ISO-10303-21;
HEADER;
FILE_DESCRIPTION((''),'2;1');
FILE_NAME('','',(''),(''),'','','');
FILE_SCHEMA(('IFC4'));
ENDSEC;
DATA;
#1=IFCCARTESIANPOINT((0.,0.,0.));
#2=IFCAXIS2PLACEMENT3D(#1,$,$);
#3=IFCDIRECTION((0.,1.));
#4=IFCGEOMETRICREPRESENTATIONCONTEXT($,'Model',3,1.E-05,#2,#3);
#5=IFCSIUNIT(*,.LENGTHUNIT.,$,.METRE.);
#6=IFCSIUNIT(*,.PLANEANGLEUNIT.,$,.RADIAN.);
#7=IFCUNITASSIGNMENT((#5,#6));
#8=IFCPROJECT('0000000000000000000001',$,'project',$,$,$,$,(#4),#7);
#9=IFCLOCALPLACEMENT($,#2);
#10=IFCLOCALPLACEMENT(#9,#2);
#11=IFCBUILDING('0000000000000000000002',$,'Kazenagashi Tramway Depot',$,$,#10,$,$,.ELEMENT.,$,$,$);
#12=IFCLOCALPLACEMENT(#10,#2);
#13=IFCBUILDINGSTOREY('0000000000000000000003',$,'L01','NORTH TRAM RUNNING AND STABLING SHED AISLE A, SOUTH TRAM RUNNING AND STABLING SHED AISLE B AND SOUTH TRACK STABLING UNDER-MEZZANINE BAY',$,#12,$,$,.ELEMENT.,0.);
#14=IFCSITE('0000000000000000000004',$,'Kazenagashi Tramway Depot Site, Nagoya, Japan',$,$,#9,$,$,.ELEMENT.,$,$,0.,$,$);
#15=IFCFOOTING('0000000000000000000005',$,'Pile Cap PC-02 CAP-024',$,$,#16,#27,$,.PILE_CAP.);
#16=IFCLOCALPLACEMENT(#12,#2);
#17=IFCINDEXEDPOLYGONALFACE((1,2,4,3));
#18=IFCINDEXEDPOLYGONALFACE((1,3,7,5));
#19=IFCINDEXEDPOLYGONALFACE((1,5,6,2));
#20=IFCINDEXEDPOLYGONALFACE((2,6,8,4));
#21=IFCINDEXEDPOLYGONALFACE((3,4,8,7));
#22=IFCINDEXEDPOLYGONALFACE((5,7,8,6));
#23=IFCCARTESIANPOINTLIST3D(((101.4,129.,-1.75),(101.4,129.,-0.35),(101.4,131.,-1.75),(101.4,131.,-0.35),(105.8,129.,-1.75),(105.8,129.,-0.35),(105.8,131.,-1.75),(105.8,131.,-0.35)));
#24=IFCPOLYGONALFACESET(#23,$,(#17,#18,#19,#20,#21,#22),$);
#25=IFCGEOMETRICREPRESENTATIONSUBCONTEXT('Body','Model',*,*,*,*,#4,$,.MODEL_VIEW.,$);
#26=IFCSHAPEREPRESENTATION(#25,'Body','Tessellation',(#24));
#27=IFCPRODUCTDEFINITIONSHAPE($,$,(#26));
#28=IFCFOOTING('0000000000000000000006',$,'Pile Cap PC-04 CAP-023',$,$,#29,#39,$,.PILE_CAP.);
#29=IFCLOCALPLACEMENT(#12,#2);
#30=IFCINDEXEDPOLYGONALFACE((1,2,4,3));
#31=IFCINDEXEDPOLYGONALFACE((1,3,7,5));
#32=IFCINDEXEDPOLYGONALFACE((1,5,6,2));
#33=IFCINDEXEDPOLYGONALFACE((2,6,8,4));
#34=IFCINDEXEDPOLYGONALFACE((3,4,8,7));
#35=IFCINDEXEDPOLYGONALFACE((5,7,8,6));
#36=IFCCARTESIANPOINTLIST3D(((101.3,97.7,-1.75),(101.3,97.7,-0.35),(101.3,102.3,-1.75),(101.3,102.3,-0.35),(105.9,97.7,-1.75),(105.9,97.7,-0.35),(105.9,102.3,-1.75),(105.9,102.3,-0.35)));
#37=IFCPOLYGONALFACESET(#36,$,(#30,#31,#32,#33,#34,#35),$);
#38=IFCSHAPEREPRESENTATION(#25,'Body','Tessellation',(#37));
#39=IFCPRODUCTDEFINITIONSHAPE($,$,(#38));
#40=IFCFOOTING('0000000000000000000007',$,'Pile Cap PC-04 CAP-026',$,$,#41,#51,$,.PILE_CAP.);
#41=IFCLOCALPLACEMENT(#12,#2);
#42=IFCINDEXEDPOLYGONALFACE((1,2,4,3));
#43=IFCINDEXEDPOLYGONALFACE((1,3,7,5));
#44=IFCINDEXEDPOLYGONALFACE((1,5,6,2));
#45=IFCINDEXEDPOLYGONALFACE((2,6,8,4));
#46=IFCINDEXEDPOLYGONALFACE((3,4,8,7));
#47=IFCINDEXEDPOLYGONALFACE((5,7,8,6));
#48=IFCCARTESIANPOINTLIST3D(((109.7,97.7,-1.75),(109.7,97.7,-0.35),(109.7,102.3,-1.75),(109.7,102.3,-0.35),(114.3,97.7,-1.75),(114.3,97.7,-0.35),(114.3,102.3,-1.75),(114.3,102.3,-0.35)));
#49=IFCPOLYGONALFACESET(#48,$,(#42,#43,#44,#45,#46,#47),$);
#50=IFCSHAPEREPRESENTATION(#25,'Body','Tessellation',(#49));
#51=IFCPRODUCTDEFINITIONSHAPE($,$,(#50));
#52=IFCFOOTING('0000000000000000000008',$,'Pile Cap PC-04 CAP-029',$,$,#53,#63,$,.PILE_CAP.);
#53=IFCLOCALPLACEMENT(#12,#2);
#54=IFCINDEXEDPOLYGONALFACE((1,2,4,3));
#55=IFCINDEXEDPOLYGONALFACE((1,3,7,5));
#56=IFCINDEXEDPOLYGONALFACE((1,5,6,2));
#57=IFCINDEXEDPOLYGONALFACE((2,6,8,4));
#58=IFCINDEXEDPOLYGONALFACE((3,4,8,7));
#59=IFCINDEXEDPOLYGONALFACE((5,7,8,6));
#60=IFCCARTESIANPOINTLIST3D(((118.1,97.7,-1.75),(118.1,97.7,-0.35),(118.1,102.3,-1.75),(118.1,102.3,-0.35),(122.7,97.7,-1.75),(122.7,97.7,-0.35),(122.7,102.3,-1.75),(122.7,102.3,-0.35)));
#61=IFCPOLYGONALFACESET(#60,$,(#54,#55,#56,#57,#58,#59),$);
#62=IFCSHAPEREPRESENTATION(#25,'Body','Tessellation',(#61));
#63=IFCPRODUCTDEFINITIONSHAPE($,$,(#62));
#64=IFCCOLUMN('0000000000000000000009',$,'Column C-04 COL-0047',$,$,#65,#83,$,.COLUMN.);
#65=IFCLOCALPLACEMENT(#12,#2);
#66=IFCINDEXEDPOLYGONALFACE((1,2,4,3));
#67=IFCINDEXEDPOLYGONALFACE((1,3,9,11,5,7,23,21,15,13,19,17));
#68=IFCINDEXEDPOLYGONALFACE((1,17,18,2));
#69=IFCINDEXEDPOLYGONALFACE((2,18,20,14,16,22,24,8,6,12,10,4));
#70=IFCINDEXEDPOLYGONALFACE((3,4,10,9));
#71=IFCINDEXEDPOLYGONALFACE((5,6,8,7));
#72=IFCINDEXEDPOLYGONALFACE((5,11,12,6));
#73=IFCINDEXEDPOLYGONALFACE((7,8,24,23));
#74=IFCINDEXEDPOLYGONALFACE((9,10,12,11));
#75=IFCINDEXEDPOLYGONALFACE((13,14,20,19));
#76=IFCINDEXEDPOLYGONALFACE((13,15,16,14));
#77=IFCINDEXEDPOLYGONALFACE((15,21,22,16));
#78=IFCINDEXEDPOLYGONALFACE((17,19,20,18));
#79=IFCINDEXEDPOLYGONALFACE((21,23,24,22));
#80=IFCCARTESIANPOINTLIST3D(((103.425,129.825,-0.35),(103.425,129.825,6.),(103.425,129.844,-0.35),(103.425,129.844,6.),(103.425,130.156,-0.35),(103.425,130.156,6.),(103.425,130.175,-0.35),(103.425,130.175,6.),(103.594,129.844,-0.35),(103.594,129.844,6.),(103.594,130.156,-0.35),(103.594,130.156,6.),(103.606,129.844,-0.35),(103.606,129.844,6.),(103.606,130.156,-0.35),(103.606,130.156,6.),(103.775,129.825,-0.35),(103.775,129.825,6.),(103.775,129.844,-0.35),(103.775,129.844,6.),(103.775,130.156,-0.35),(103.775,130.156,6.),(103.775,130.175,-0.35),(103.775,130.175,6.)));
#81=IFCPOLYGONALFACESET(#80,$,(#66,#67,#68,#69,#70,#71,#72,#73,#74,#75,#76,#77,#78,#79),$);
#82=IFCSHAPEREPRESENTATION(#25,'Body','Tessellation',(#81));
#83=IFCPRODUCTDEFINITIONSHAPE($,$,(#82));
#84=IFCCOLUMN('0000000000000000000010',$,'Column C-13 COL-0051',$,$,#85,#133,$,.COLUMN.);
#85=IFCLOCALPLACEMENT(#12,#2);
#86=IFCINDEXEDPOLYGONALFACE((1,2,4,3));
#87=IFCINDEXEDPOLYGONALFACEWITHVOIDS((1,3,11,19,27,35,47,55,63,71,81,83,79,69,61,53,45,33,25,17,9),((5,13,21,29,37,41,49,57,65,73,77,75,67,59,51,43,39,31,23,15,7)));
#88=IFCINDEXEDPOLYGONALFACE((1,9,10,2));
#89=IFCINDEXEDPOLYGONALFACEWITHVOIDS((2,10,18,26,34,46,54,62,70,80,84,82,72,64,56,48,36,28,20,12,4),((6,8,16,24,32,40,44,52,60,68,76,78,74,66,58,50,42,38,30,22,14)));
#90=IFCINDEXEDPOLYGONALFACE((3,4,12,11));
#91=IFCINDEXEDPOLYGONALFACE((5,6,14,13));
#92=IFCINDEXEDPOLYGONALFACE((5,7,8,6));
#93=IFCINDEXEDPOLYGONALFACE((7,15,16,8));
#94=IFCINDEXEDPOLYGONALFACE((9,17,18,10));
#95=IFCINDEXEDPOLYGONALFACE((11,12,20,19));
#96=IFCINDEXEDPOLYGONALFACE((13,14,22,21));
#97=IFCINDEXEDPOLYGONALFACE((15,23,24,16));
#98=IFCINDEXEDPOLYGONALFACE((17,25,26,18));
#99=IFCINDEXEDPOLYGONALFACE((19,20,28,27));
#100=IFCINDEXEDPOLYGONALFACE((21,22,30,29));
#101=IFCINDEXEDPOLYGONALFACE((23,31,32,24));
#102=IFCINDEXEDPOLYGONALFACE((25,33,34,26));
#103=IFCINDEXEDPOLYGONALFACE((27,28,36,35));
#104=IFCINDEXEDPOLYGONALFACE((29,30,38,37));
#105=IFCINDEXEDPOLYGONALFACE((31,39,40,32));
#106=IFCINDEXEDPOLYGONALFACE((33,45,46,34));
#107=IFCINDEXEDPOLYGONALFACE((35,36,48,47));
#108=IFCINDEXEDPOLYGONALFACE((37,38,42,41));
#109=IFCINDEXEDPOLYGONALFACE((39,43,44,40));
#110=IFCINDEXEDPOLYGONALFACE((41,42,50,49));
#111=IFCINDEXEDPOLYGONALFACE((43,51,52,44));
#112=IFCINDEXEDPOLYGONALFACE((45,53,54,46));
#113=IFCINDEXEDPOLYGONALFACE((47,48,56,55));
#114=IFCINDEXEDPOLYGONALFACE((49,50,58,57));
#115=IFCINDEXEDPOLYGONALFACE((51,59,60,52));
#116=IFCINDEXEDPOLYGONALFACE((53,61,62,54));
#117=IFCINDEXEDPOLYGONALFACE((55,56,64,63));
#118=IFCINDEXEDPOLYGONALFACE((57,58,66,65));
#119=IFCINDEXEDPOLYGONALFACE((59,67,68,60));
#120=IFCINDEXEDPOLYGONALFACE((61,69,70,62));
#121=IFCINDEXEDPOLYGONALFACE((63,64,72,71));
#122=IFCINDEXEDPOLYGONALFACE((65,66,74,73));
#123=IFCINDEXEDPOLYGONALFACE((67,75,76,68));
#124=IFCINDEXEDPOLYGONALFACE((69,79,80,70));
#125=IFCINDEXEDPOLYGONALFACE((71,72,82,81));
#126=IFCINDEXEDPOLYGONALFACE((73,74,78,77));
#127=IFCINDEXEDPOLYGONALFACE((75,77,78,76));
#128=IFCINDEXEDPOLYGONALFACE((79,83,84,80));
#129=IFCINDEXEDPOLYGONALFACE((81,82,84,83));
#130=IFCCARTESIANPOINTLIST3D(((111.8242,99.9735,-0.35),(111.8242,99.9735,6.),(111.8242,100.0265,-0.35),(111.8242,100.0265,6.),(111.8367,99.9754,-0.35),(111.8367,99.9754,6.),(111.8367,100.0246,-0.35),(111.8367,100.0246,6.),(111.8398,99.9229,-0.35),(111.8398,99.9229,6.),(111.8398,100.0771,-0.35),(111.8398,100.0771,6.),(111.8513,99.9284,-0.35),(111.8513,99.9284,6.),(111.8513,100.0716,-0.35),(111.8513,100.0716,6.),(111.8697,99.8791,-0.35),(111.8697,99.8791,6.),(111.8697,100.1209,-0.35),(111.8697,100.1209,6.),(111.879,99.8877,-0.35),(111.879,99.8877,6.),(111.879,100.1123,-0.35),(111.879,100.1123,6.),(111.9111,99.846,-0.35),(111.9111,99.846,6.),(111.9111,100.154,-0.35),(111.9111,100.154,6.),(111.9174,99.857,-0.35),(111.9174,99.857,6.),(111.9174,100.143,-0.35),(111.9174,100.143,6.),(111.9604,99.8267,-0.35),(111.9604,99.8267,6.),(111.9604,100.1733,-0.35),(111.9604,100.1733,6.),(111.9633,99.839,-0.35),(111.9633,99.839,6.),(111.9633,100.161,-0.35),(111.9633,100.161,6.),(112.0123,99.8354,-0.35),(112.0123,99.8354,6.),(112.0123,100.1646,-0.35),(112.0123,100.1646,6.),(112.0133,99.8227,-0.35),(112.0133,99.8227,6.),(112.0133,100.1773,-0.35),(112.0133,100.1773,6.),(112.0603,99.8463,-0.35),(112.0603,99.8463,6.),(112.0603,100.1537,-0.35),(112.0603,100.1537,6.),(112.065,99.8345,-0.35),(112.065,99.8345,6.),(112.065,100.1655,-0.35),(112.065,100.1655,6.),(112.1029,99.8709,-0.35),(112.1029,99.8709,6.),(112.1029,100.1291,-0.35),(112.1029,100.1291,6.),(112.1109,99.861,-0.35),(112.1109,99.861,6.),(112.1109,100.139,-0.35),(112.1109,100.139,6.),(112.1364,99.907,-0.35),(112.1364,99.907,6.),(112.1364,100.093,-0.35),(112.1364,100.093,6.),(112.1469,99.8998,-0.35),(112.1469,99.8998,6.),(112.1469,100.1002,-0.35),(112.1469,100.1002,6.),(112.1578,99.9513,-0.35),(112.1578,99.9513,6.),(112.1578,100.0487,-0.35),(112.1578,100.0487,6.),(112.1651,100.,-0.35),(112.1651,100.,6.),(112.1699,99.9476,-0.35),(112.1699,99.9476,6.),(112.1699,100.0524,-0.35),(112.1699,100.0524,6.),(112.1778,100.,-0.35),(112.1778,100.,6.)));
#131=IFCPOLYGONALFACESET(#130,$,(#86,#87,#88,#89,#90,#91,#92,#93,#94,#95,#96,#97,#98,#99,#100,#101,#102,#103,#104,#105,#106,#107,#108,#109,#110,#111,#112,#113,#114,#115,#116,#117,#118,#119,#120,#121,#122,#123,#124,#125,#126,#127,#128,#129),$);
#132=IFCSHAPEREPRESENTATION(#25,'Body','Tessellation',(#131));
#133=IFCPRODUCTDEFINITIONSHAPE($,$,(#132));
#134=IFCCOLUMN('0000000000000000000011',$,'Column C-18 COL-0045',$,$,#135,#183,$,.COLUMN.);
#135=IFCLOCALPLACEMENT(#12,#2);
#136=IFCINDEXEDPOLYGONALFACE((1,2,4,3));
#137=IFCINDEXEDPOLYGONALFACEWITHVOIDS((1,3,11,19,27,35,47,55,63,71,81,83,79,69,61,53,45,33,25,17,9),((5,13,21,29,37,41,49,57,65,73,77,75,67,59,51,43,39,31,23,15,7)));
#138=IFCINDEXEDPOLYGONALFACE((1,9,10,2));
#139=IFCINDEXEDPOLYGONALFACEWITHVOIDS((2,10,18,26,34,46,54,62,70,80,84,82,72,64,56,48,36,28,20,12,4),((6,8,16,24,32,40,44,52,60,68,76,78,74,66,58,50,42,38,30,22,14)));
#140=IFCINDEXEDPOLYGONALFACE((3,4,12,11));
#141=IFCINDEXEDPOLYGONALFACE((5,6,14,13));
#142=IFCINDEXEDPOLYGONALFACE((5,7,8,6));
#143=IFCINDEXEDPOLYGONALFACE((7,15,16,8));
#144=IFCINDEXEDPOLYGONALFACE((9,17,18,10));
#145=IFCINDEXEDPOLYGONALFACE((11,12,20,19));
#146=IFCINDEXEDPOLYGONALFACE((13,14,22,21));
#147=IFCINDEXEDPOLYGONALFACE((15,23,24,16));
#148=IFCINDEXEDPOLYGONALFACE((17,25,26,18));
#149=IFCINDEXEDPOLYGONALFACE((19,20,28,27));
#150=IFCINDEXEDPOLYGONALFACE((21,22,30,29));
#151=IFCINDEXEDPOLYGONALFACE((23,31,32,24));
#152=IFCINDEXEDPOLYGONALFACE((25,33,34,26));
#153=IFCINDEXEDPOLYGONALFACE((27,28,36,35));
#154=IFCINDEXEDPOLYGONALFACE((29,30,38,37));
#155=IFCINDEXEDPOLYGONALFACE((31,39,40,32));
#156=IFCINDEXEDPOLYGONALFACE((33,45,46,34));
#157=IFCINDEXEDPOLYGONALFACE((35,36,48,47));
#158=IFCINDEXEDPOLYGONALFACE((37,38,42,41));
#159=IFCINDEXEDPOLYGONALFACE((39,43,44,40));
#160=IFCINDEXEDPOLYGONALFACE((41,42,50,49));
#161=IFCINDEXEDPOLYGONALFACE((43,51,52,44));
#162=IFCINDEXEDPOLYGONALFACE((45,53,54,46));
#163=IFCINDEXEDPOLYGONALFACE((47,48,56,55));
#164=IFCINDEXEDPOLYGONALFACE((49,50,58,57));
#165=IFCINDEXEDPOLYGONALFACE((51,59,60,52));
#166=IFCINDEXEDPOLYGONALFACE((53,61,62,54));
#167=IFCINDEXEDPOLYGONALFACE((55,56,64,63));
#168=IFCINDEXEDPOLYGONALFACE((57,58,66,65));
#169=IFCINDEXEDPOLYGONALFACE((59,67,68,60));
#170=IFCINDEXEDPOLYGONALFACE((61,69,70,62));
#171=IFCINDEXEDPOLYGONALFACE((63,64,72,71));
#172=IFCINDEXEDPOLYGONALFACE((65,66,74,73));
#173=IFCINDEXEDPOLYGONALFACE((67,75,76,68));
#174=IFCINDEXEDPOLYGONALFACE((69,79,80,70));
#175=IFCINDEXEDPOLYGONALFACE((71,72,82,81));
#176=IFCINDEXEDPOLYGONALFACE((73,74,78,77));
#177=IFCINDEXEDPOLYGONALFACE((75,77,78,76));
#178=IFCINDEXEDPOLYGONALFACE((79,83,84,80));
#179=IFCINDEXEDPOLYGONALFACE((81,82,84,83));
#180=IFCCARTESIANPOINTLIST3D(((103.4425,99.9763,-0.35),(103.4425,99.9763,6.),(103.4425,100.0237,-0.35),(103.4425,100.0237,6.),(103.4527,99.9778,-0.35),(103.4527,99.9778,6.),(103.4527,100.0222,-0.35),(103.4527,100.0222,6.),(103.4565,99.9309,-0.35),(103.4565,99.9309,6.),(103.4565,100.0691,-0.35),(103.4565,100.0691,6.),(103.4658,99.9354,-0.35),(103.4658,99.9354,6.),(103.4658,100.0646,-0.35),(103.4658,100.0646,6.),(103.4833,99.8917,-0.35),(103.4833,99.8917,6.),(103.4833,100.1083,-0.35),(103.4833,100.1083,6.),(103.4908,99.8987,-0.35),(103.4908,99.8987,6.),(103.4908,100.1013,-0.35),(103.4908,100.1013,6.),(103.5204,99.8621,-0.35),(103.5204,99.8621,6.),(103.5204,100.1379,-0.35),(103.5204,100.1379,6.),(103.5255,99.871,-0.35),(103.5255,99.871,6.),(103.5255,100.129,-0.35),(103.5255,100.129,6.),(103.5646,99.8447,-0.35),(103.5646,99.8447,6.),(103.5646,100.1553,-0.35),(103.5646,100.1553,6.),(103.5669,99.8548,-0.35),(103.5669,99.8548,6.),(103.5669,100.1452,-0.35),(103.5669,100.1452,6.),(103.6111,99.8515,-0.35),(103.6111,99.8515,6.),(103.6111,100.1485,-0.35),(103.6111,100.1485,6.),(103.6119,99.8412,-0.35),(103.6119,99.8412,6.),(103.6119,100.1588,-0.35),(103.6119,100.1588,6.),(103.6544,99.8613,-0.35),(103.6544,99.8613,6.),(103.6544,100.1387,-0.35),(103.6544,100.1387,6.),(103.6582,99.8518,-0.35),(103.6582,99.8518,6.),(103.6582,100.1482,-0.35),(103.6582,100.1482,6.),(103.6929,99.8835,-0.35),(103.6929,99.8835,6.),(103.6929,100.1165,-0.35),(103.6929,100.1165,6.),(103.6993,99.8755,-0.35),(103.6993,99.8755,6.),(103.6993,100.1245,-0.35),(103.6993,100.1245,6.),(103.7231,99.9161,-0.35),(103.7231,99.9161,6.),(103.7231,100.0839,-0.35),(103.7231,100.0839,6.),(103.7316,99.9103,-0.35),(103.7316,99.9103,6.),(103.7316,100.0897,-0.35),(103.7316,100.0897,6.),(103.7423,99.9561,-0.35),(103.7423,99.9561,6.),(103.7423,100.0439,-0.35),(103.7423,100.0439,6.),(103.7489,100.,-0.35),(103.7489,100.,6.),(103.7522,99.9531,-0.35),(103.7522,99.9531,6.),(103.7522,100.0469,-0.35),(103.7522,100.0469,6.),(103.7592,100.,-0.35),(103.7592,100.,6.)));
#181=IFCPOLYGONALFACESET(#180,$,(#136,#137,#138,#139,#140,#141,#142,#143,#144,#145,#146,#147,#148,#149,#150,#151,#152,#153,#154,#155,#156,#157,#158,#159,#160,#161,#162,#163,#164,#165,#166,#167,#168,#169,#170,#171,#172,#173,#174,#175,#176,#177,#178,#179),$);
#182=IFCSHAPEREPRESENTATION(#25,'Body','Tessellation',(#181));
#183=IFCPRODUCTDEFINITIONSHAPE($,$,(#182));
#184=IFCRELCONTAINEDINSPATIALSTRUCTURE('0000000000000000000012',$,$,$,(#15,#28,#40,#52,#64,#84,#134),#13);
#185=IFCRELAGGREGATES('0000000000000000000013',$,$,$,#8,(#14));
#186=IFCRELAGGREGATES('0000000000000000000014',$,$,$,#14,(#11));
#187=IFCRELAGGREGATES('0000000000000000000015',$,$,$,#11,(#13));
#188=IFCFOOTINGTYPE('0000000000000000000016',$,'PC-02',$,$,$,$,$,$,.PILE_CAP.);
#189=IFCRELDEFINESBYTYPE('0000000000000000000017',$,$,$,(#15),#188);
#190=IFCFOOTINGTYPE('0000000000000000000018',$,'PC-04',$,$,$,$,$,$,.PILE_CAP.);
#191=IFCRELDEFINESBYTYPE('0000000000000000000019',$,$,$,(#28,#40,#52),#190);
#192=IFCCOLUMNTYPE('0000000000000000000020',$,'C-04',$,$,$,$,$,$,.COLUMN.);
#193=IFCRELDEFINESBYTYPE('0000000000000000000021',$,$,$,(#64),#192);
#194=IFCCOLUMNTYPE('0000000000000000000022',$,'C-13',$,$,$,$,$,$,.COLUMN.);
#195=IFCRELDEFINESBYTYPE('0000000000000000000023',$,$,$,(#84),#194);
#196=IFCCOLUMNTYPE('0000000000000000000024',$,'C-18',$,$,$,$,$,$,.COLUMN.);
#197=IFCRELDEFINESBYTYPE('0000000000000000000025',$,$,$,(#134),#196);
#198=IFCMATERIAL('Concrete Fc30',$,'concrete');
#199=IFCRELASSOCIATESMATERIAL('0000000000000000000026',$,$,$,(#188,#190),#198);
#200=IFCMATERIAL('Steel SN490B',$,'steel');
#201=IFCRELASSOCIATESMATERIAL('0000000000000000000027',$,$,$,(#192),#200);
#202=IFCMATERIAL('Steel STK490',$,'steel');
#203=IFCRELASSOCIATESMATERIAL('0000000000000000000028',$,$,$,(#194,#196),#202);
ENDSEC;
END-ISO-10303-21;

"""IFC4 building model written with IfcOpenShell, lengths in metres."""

from ifc_helpers import new_model, si_unit, direction, frame, origin, origin_2d, place, context, subcontext, project, spatial, rectangle, hollow_circle, i_section, extrude, material, material_profile, profile_set, type_object, element, save


model = new_model("IFC4")

# Units and contexts
model_context = context("Model", 3, precision=1e-05, world=origin(), true_north=direction((0.0, 1.0)))
body_context = subcontext(model_context, "Body", "Model", "MODEL_VIEW")
ifc_project = project(units=[si_unit("LENGTHUNIT", "METRE"), si_unit("PLANEANGLEUNIT", "RADIAN")], contexts=[model_context])

# Site, building, storey
site_placement = place(None, origin())
site = spatial("IfcSite", under=ifc_project, at=site_placement, Name="Kazenagashi Tramway Depot Site, Nagoya, Japan", CompositionType="ELEMENT", RefElevation=0.0)
building_placement = place(site_placement, origin())
building = spatial("IfcBuilding", under=site, at=building_placement, Name="Kazenagashi Tramway Depot", CompositionType="ELEMENT")
storey_placement = place(building_placement, origin())
storey = spatial("IfcBuildingStorey", under=building, at=storey_placement, Name="L01", Description="NORTH TRAM RUNNING AND STABLING SHED AISLE A, SOUTH TRAM RUNNING AND STABLING SHED AISLE B AND SOUTH TRACK STABLING UNDER-MEZZANINE BAY", CompositionType="ELEMENT", Elevation=0.0)

# Shared definitions
ifc_material_1 = material(Name="Concrete Fc30", Category="concrete")

# Footings
footing_type_1 = type_object("IfcFootingType", Name="PC-02", PredefinedType="PILE_CAP", material=ifc_material_1)
footing_placement = place(storey_placement, frame((103.6, 130.0, -1.75), z_axis=(0.0, 0.0, 1.0), x_axis=(1.0, 0.0, 0.0)))
element("IfcFooting", 1, at=footing_placement, inside=storey, type_object=footing_type_1, Name="Pile Cap PC-02 CAP-024", PredefinedType="PILE_CAP", context=body_context, shape_type="SweptSolid", body=[
    extrude(rectangle(XDim=4.4, YDim=2.0, at=origin_2d()), origin(), (0.0, 0.0, 1.0), 1.4),
])
footing_type_2 = type_object("IfcFootingType", Name="PC-04", PredefinedType="PILE_CAP", material=ifc_material_1)
for number, where, z_axis, x_axis, name in (
    (2, (103.6, 100.0, -1.75), (0.0, 0.0, 1.0), (1.0, 0.0, 0.0), "Pile Cap PC-04 CAP-023"),
    (3, (112.0, 100.0, -1.75), (0.0, 0.0, 1.0), (1.0, 0.0, 0.0), "Pile Cap PC-04 CAP-026"),
    (4, (120.4, 100.0, -1.75), (0.0, 0.0, 1.0), (1.0, 0.0, 0.0), "Pile Cap PC-04 CAP-029"),
):
    element("IfcFooting", number, at=place(storey_placement, frame(where, z_axis=z_axis, x_axis=x_axis)), inside=storey, type_object=footing_type_2, Name=name, PredefinedType="PILE_CAP", context=body_context, shape_type="SweptSolid", body=[
        extrude(rectangle(XDim=4.6, YDim=4.6, at=origin_2d()), origin(), (0.0, 0.0, 1.0), 1.4),
    ])

# Columns
ifc_material_2 = material(Name="Steel SN490B", Category="steel")
ifc_material_profile_1 = material_profile(ifc_material_2, i_section(OverallWidth=0.35, OverallDepth=0.35, WebThickness=0.012, FlangeThickness=0.019, at=origin_2d()), Name="H-350x350x12x19")
ifc_profile_set_1 = profile_set([ifc_material_profile_1], Name="Steel SN490B")
column_type_1 = type_object("IfcColumnType", Name="C-04", PredefinedType="COLUMN", material=ifc_profile_set_1)
column_1_placement = place(storey_placement, frame((103.6, 130.0, -0.35), z_axis=(0.0, 0.0, 1.0), x_axis=(1.0, 0.0, 0.0)))
element("IfcColumn", 5, at=column_1_placement, inside=storey, type_object=column_type_1, Name="Column C-04 COL-0047", PredefinedType="COLUMN", context=body_context, shape_type="SweptSolid", body=[
    extrude(i_section(OverallWidth=0.35, OverallDepth=0.35, WebThickness=0.012, FlangeThickness=0.019, at=origin_2d()), origin(), (0.0, 0.0, 1.0), 6.35),
])
ifc_material_3 = material(Name="Steel STK490", Category="steel")
ifc_material_profile_2 = material_profile(ifc_material_3, hollow_circle(Radius=0.1778, WallThickness=0.0127, at=origin_2d()), Name="CHS-355.6x12.7")
ifc_profile_set_2 = profile_set([ifc_material_profile_2], Name="Steel STK490")
column_type_2 = type_object("IfcColumnType", Name="C-13", PredefinedType="COLUMN", material=ifc_profile_set_2)
column_2_placement = place(storey_placement, frame((112.0, 100.0, -0.35), z_axis=(0.0, 0.0, 1.0), x_axis=(1.0, 0.0, 0.0)))
element("IfcColumn", 6, at=column_2_placement, inside=storey, type_object=column_type_2, Name="Column C-13 COL-0051", PredefinedType="COLUMN", context=body_context, shape_type="SweptSolid", body=[
    extrude(hollow_circle(Radius=0.1778, WallThickness=0.0127, at=origin_2d()), origin(), (0.0, 0.0, 1.0), 6.35),
])
ifc_material_profile_3 = material_profile(ifc_material_3, hollow_circle(Radius=0.1593, WallThickness=0.0103, at=origin_2d()), Name="CHS-318.5x10.3")
ifc_profile_set_3 = profile_set([ifc_material_profile_3], Name="Steel STK490")
column_type_3 = type_object("IfcColumnType", Name="C-18", PredefinedType="COLUMN", material=ifc_profile_set_3)
for number, where, z_axis, x_axis, name in (
    (7, (103.6, 100.0, -0.35), (0.0, 0.0, 1.0), (1.0, 0.0, 0.0), "Column C-18 COL-0045"),
):
    element("IfcColumn", number, at=place(storey_placement, frame(where, z_axis=z_axis, x_axis=x_axis)), inside=storey, type_object=column_type_3, Name=name, PredefinedType="COLUMN", context=body_context, shape_type="SweptSolid", body=[
        extrude(hollow_circle(Radius=0.1593, WallThickness=0.0103, at=origin_2d()), origin(), (0.0, 0.0, 1.0), 6.35),
    ])

save(model, "model.ifc")
